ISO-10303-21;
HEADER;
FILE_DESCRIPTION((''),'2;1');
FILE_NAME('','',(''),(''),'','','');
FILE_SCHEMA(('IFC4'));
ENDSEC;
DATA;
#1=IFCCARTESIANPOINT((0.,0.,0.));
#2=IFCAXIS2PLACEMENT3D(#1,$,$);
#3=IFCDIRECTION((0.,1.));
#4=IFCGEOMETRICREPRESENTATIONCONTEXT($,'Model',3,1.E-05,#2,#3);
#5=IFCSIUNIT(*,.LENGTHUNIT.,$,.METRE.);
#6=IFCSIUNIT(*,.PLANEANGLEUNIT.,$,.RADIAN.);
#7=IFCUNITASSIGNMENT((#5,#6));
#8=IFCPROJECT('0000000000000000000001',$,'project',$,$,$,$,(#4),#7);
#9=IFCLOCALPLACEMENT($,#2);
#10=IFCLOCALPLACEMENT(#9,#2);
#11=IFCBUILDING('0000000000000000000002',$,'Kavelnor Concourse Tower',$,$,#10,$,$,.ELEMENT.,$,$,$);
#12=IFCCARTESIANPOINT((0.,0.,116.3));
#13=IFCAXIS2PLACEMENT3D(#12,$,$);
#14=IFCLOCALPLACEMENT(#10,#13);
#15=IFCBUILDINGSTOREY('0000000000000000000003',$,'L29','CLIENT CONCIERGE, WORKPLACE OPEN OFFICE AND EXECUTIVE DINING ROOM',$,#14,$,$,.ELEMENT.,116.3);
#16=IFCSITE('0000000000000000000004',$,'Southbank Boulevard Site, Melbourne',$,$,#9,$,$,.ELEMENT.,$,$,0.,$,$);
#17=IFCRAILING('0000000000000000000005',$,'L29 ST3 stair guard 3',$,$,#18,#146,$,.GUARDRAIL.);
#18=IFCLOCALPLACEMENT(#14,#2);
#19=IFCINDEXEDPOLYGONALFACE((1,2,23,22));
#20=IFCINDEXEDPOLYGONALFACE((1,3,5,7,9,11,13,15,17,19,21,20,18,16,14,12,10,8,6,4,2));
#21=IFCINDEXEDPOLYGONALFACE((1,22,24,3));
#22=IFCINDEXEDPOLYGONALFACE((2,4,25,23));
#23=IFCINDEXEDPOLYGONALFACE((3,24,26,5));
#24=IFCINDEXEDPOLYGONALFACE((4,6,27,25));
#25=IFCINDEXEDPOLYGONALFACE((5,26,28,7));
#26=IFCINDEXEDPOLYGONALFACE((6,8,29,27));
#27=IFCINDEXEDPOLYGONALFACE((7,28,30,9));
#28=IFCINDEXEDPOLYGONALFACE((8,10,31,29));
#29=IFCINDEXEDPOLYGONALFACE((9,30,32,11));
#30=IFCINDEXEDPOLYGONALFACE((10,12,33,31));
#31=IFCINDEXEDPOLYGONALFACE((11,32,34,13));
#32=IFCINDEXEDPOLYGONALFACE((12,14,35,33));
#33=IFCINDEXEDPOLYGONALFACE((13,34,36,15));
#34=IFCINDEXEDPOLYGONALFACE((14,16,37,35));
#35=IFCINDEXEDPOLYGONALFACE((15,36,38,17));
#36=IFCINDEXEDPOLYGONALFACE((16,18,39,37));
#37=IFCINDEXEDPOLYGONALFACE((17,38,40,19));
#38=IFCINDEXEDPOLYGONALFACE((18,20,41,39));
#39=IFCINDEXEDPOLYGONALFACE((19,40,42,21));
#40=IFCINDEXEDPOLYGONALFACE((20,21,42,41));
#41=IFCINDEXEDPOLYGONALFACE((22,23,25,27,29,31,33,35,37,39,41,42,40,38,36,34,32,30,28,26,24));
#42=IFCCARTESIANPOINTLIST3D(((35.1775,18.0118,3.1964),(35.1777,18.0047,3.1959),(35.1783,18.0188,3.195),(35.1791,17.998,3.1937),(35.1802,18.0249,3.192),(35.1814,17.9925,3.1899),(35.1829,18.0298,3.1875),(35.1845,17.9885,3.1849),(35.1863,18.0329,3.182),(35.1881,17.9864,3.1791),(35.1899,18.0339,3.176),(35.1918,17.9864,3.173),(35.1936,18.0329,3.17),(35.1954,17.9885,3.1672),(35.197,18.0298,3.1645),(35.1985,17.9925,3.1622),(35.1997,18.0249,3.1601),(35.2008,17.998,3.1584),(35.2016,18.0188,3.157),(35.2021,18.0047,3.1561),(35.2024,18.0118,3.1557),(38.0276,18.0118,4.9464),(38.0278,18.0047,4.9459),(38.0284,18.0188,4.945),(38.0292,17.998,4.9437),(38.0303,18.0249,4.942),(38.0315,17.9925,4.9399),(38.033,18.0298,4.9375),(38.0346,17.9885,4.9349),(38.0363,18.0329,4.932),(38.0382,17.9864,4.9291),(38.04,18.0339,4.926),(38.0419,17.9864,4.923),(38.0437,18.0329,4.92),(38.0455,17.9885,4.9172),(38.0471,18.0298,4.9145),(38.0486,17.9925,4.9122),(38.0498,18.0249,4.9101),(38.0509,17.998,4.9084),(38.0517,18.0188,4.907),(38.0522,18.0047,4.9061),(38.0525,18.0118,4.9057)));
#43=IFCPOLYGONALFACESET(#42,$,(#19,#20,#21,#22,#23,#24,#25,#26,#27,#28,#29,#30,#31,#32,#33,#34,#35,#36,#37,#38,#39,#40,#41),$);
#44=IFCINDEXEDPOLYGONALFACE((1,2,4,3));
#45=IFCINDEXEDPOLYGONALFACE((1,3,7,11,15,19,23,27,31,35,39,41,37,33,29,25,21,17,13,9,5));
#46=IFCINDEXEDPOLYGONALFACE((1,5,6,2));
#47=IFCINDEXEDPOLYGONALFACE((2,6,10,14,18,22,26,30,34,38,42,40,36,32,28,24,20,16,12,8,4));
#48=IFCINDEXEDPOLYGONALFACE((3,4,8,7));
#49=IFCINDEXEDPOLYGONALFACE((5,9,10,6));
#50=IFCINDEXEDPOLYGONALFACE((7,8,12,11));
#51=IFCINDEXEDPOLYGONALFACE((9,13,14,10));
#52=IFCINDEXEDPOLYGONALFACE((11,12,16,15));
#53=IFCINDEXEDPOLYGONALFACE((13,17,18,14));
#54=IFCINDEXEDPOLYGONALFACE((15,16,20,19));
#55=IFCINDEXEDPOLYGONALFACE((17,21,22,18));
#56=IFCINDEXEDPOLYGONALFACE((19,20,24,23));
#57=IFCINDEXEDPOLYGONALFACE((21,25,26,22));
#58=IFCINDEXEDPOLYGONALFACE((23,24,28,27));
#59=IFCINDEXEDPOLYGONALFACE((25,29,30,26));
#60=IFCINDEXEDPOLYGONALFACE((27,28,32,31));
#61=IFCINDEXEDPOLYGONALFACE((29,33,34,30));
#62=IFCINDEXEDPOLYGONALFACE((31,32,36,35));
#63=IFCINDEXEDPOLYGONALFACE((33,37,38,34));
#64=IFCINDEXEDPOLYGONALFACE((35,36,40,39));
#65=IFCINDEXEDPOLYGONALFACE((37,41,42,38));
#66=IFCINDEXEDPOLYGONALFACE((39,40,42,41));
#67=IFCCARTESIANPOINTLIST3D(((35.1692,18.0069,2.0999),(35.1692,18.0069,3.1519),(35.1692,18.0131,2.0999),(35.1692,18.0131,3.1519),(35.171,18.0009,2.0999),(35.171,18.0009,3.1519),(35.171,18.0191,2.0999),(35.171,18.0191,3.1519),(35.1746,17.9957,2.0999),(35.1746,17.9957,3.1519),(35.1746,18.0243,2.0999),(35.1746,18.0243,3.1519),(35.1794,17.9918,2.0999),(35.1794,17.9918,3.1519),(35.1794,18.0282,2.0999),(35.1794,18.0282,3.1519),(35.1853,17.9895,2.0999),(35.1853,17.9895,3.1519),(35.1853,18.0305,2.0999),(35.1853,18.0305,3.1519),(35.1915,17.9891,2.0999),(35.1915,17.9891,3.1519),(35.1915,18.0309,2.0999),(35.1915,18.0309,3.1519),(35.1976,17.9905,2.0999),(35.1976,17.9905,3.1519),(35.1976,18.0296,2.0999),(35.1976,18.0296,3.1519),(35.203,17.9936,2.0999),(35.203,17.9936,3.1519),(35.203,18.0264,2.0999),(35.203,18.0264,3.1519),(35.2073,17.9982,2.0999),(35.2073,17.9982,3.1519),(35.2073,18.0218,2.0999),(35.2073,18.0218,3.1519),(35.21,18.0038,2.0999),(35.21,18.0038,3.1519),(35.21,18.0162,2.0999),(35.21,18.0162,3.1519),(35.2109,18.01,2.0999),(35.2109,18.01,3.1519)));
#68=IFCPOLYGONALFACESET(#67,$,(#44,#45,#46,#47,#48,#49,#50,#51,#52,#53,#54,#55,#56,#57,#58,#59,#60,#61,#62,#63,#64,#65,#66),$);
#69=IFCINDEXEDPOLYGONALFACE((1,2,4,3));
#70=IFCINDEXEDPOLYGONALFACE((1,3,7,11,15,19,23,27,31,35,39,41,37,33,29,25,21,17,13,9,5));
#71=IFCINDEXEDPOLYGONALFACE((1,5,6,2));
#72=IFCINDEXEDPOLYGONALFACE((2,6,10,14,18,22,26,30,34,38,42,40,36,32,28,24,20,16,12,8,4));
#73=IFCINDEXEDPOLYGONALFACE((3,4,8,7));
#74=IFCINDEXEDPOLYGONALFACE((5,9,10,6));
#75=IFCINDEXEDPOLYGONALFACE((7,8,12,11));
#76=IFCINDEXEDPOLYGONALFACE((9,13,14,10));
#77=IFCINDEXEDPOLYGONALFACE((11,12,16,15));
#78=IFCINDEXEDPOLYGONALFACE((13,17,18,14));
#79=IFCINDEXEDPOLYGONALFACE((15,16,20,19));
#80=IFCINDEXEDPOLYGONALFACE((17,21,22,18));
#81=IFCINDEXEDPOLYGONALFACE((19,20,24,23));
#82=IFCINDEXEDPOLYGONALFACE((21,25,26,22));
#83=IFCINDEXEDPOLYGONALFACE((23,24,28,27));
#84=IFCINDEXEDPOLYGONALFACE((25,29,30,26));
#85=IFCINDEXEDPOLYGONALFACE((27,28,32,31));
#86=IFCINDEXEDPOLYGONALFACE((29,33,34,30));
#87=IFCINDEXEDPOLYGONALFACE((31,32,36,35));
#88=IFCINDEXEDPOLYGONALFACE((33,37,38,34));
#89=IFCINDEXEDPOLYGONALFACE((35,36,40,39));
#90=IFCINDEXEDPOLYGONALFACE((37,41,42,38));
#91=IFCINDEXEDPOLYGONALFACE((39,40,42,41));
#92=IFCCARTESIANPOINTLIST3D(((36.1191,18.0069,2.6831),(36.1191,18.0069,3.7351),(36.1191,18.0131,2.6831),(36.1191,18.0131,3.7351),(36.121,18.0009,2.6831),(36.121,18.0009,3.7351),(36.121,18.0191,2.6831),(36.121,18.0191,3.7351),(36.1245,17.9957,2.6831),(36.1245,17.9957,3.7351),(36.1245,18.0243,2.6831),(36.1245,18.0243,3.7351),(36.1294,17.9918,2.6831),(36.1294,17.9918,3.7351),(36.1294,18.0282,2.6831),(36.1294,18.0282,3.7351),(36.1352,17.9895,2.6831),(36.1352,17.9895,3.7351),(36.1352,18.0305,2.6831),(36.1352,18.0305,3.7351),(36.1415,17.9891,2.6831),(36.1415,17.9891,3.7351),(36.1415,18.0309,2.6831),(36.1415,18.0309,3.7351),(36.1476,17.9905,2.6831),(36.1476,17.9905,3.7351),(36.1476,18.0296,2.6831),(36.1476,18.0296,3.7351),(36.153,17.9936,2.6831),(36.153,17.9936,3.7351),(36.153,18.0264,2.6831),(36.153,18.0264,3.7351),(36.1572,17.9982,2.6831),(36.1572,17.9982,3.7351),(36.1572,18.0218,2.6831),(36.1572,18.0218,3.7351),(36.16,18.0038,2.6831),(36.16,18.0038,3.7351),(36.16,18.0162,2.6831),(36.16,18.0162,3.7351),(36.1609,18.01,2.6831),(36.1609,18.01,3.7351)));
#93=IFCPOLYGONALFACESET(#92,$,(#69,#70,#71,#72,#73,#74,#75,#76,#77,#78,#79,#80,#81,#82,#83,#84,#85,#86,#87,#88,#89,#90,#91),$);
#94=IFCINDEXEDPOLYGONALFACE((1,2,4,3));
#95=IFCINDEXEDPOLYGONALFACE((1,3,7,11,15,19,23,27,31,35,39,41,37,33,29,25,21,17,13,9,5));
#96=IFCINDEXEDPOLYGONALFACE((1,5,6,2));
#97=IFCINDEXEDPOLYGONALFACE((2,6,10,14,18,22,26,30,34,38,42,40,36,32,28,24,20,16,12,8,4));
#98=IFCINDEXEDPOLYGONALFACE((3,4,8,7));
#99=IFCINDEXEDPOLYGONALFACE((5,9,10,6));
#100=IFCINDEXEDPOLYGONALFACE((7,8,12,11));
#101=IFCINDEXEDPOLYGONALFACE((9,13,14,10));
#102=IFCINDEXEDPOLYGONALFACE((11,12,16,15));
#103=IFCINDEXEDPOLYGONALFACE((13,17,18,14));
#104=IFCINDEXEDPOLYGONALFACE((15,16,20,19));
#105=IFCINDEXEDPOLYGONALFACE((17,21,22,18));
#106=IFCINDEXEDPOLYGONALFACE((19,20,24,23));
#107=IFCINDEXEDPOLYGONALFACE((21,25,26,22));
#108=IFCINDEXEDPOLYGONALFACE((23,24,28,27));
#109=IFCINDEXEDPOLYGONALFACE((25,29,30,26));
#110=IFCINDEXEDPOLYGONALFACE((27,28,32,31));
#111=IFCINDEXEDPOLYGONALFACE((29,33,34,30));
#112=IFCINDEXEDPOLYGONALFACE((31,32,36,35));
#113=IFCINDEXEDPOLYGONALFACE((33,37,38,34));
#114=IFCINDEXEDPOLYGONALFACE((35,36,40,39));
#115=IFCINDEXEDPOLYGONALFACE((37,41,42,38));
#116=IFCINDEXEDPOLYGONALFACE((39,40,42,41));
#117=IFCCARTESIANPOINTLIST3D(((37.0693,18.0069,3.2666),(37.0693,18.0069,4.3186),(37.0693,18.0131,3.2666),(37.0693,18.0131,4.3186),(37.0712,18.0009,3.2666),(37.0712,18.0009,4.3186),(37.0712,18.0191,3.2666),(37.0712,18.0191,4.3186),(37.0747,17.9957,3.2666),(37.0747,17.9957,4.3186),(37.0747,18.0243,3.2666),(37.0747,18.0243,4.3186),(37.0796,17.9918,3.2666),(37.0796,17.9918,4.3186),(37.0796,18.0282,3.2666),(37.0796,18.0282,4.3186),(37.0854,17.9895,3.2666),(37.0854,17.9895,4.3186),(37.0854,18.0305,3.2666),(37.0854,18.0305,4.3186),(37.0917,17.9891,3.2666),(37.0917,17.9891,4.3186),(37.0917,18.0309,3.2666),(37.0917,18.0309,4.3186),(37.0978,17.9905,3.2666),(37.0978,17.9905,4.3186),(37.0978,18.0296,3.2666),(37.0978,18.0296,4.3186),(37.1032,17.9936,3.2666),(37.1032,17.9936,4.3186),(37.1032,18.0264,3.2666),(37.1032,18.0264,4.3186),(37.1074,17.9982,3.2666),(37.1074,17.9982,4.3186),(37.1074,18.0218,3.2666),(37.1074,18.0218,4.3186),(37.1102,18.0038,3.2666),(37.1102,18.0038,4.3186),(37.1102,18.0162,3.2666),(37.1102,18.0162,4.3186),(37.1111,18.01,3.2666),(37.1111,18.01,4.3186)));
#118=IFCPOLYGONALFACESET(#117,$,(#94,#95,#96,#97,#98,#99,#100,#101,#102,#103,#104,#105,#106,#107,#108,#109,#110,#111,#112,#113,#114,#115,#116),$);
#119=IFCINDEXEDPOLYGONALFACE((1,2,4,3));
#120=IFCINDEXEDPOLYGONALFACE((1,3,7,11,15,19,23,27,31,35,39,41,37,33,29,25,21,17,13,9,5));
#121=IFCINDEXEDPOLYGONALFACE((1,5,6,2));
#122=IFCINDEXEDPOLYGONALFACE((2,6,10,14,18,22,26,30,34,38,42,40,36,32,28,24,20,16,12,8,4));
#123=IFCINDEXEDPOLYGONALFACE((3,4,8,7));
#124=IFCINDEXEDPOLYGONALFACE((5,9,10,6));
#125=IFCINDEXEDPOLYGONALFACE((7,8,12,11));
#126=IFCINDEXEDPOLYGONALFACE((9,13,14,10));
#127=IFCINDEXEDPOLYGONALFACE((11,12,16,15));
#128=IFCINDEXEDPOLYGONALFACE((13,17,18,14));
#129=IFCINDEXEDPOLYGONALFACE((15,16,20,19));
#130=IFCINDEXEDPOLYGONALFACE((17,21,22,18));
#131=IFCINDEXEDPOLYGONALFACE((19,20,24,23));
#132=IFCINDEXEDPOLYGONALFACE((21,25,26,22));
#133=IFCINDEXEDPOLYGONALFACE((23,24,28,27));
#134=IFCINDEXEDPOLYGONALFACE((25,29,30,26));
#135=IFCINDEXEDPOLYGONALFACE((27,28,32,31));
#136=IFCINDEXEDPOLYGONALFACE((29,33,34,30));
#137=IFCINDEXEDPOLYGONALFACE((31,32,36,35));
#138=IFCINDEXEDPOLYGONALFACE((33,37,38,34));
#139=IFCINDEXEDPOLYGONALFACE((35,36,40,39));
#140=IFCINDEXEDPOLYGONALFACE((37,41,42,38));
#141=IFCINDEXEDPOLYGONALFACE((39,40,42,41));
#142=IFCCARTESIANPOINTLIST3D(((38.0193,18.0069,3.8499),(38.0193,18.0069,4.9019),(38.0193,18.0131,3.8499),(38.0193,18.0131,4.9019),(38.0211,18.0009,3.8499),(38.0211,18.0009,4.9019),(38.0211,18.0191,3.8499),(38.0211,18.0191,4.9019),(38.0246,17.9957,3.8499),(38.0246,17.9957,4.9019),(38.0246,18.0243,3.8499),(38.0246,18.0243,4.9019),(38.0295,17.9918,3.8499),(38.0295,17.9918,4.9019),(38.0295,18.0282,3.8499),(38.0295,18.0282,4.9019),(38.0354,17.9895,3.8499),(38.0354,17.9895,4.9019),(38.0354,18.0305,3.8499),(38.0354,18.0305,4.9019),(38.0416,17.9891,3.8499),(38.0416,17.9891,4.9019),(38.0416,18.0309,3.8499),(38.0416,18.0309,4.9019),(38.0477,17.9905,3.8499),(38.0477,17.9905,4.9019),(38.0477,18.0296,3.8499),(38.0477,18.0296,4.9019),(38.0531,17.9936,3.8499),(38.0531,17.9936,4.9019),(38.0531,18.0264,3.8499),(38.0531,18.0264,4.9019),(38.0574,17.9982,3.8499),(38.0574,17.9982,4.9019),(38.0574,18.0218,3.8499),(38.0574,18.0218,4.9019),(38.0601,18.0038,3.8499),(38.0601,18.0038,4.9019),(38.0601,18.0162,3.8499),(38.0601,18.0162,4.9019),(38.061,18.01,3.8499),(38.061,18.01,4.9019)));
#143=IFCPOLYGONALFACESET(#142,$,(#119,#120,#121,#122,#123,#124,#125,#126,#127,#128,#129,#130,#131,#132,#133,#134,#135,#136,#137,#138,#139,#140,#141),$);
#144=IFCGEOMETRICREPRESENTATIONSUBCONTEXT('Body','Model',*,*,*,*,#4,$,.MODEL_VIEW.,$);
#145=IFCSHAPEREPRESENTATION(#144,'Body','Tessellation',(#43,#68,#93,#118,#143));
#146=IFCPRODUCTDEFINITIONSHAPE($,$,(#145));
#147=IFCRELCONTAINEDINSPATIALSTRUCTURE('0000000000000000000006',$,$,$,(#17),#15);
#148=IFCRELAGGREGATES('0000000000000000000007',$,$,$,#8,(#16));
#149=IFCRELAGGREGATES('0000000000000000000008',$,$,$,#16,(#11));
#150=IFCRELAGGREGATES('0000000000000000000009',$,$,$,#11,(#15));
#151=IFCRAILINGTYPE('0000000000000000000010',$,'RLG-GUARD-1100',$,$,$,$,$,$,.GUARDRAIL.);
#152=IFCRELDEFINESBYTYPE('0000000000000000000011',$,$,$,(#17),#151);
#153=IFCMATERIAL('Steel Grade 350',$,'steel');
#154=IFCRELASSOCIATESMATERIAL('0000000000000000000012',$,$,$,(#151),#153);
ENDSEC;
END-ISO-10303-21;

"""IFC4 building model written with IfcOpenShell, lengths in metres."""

from ifc_helpers import new_model, si_unit, direction, frame, origin, origin_2d, place, context, subcontext, project, spatial, circle, extrude, material, type_object, element, save


model = new_model("IFC4")

# Units and contexts
model_context = context("Model", 3, precision=1e-05, world=origin(), true_north=direction((0.0, 1.0)))
body_context = subcontext(model_context, "Body", "Model", "MODEL_VIEW")
ifc_project = project(units=[si_unit("LENGTHUNIT", "METRE"), si_unit("PLANEANGLEUNIT", "RADIAN")], contexts=[model_context])

# Site, building, storey
site_placement = place(None, origin())
site = spatial("IfcSite", under=ifc_project, at=site_placement, Name="Southbank Boulevard Site, Melbourne", CompositionType="ELEMENT", RefElevation=0.0)
building_placement = place(site_placement, origin())
building = spatial("IfcBuilding", under=site, at=building_placement, Name="Kavelnor Concourse Tower", CompositionType="ELEMENT")
storey_placement = place(building_placement, frame((0.0, 0.0, 116.3)))
storey = spatial("IfcBuildingStorey", under=building, at=storey_placement, Name="L29", Description="CLIENT CONCIERGE, WORKPLACE OPEN OFFICE AND EXECUTIVE DINING ROOM", CompositionType="ELEMENT", Elevation=116.3)

# Shared definitions
ifc_material_1 = material(Name="Steel Grade 350", Category="steel")

# Railing
railing_type = type_object("IfcRailingType", Name="RLG-GUARD-1100", PredefinedType="GUARDRAIL", material=ifc_material_1)
railing_1_placement = place(storey_placement, frame((35.1899, 18.01, 2.0999)))
element("IfcRailing", 1, at=railing_1_placement, inside=storey, type_object=railing_type, Name="L29 ST3 stair guard 3", PredefinedType="GUARDRAIL", context=body_context, shape_type="SweptSolid", body=[
    extrude(circle(Radius=0.0239, at=origin_2d()), frame((0.0, 0.0, 1.0762), z_axis=(0.852179, 0.0, 0.52325), x_axis=(0.0, 1.0, 0.0)), (0.0, 0.0, 1.0), 3.3445),
    extrude(circle(Radius=0.021, at=origin_2d()), origin(), (0.0, 0.0, 1.0), 1.052),
    extrude(circle(Radius=0.021, at=origin_2d()), frame((0.95, 0.0, 0.5833)), (0.0, 0.0, 1.0), 1.052),
    extrude(circle(Radius=0.021, at=origin_2d()), frame((1.9001, 0.0, 1.1667)), (0.0, 0.0, 1.0), 1.052),
    extrude(circle(Radius=0.021, at=origin_2d()), frame((2.8501, 0.0, 1.75)), (0.0, 0.0, 1.0), 1.052),
])

save(model, "model.ifc")
